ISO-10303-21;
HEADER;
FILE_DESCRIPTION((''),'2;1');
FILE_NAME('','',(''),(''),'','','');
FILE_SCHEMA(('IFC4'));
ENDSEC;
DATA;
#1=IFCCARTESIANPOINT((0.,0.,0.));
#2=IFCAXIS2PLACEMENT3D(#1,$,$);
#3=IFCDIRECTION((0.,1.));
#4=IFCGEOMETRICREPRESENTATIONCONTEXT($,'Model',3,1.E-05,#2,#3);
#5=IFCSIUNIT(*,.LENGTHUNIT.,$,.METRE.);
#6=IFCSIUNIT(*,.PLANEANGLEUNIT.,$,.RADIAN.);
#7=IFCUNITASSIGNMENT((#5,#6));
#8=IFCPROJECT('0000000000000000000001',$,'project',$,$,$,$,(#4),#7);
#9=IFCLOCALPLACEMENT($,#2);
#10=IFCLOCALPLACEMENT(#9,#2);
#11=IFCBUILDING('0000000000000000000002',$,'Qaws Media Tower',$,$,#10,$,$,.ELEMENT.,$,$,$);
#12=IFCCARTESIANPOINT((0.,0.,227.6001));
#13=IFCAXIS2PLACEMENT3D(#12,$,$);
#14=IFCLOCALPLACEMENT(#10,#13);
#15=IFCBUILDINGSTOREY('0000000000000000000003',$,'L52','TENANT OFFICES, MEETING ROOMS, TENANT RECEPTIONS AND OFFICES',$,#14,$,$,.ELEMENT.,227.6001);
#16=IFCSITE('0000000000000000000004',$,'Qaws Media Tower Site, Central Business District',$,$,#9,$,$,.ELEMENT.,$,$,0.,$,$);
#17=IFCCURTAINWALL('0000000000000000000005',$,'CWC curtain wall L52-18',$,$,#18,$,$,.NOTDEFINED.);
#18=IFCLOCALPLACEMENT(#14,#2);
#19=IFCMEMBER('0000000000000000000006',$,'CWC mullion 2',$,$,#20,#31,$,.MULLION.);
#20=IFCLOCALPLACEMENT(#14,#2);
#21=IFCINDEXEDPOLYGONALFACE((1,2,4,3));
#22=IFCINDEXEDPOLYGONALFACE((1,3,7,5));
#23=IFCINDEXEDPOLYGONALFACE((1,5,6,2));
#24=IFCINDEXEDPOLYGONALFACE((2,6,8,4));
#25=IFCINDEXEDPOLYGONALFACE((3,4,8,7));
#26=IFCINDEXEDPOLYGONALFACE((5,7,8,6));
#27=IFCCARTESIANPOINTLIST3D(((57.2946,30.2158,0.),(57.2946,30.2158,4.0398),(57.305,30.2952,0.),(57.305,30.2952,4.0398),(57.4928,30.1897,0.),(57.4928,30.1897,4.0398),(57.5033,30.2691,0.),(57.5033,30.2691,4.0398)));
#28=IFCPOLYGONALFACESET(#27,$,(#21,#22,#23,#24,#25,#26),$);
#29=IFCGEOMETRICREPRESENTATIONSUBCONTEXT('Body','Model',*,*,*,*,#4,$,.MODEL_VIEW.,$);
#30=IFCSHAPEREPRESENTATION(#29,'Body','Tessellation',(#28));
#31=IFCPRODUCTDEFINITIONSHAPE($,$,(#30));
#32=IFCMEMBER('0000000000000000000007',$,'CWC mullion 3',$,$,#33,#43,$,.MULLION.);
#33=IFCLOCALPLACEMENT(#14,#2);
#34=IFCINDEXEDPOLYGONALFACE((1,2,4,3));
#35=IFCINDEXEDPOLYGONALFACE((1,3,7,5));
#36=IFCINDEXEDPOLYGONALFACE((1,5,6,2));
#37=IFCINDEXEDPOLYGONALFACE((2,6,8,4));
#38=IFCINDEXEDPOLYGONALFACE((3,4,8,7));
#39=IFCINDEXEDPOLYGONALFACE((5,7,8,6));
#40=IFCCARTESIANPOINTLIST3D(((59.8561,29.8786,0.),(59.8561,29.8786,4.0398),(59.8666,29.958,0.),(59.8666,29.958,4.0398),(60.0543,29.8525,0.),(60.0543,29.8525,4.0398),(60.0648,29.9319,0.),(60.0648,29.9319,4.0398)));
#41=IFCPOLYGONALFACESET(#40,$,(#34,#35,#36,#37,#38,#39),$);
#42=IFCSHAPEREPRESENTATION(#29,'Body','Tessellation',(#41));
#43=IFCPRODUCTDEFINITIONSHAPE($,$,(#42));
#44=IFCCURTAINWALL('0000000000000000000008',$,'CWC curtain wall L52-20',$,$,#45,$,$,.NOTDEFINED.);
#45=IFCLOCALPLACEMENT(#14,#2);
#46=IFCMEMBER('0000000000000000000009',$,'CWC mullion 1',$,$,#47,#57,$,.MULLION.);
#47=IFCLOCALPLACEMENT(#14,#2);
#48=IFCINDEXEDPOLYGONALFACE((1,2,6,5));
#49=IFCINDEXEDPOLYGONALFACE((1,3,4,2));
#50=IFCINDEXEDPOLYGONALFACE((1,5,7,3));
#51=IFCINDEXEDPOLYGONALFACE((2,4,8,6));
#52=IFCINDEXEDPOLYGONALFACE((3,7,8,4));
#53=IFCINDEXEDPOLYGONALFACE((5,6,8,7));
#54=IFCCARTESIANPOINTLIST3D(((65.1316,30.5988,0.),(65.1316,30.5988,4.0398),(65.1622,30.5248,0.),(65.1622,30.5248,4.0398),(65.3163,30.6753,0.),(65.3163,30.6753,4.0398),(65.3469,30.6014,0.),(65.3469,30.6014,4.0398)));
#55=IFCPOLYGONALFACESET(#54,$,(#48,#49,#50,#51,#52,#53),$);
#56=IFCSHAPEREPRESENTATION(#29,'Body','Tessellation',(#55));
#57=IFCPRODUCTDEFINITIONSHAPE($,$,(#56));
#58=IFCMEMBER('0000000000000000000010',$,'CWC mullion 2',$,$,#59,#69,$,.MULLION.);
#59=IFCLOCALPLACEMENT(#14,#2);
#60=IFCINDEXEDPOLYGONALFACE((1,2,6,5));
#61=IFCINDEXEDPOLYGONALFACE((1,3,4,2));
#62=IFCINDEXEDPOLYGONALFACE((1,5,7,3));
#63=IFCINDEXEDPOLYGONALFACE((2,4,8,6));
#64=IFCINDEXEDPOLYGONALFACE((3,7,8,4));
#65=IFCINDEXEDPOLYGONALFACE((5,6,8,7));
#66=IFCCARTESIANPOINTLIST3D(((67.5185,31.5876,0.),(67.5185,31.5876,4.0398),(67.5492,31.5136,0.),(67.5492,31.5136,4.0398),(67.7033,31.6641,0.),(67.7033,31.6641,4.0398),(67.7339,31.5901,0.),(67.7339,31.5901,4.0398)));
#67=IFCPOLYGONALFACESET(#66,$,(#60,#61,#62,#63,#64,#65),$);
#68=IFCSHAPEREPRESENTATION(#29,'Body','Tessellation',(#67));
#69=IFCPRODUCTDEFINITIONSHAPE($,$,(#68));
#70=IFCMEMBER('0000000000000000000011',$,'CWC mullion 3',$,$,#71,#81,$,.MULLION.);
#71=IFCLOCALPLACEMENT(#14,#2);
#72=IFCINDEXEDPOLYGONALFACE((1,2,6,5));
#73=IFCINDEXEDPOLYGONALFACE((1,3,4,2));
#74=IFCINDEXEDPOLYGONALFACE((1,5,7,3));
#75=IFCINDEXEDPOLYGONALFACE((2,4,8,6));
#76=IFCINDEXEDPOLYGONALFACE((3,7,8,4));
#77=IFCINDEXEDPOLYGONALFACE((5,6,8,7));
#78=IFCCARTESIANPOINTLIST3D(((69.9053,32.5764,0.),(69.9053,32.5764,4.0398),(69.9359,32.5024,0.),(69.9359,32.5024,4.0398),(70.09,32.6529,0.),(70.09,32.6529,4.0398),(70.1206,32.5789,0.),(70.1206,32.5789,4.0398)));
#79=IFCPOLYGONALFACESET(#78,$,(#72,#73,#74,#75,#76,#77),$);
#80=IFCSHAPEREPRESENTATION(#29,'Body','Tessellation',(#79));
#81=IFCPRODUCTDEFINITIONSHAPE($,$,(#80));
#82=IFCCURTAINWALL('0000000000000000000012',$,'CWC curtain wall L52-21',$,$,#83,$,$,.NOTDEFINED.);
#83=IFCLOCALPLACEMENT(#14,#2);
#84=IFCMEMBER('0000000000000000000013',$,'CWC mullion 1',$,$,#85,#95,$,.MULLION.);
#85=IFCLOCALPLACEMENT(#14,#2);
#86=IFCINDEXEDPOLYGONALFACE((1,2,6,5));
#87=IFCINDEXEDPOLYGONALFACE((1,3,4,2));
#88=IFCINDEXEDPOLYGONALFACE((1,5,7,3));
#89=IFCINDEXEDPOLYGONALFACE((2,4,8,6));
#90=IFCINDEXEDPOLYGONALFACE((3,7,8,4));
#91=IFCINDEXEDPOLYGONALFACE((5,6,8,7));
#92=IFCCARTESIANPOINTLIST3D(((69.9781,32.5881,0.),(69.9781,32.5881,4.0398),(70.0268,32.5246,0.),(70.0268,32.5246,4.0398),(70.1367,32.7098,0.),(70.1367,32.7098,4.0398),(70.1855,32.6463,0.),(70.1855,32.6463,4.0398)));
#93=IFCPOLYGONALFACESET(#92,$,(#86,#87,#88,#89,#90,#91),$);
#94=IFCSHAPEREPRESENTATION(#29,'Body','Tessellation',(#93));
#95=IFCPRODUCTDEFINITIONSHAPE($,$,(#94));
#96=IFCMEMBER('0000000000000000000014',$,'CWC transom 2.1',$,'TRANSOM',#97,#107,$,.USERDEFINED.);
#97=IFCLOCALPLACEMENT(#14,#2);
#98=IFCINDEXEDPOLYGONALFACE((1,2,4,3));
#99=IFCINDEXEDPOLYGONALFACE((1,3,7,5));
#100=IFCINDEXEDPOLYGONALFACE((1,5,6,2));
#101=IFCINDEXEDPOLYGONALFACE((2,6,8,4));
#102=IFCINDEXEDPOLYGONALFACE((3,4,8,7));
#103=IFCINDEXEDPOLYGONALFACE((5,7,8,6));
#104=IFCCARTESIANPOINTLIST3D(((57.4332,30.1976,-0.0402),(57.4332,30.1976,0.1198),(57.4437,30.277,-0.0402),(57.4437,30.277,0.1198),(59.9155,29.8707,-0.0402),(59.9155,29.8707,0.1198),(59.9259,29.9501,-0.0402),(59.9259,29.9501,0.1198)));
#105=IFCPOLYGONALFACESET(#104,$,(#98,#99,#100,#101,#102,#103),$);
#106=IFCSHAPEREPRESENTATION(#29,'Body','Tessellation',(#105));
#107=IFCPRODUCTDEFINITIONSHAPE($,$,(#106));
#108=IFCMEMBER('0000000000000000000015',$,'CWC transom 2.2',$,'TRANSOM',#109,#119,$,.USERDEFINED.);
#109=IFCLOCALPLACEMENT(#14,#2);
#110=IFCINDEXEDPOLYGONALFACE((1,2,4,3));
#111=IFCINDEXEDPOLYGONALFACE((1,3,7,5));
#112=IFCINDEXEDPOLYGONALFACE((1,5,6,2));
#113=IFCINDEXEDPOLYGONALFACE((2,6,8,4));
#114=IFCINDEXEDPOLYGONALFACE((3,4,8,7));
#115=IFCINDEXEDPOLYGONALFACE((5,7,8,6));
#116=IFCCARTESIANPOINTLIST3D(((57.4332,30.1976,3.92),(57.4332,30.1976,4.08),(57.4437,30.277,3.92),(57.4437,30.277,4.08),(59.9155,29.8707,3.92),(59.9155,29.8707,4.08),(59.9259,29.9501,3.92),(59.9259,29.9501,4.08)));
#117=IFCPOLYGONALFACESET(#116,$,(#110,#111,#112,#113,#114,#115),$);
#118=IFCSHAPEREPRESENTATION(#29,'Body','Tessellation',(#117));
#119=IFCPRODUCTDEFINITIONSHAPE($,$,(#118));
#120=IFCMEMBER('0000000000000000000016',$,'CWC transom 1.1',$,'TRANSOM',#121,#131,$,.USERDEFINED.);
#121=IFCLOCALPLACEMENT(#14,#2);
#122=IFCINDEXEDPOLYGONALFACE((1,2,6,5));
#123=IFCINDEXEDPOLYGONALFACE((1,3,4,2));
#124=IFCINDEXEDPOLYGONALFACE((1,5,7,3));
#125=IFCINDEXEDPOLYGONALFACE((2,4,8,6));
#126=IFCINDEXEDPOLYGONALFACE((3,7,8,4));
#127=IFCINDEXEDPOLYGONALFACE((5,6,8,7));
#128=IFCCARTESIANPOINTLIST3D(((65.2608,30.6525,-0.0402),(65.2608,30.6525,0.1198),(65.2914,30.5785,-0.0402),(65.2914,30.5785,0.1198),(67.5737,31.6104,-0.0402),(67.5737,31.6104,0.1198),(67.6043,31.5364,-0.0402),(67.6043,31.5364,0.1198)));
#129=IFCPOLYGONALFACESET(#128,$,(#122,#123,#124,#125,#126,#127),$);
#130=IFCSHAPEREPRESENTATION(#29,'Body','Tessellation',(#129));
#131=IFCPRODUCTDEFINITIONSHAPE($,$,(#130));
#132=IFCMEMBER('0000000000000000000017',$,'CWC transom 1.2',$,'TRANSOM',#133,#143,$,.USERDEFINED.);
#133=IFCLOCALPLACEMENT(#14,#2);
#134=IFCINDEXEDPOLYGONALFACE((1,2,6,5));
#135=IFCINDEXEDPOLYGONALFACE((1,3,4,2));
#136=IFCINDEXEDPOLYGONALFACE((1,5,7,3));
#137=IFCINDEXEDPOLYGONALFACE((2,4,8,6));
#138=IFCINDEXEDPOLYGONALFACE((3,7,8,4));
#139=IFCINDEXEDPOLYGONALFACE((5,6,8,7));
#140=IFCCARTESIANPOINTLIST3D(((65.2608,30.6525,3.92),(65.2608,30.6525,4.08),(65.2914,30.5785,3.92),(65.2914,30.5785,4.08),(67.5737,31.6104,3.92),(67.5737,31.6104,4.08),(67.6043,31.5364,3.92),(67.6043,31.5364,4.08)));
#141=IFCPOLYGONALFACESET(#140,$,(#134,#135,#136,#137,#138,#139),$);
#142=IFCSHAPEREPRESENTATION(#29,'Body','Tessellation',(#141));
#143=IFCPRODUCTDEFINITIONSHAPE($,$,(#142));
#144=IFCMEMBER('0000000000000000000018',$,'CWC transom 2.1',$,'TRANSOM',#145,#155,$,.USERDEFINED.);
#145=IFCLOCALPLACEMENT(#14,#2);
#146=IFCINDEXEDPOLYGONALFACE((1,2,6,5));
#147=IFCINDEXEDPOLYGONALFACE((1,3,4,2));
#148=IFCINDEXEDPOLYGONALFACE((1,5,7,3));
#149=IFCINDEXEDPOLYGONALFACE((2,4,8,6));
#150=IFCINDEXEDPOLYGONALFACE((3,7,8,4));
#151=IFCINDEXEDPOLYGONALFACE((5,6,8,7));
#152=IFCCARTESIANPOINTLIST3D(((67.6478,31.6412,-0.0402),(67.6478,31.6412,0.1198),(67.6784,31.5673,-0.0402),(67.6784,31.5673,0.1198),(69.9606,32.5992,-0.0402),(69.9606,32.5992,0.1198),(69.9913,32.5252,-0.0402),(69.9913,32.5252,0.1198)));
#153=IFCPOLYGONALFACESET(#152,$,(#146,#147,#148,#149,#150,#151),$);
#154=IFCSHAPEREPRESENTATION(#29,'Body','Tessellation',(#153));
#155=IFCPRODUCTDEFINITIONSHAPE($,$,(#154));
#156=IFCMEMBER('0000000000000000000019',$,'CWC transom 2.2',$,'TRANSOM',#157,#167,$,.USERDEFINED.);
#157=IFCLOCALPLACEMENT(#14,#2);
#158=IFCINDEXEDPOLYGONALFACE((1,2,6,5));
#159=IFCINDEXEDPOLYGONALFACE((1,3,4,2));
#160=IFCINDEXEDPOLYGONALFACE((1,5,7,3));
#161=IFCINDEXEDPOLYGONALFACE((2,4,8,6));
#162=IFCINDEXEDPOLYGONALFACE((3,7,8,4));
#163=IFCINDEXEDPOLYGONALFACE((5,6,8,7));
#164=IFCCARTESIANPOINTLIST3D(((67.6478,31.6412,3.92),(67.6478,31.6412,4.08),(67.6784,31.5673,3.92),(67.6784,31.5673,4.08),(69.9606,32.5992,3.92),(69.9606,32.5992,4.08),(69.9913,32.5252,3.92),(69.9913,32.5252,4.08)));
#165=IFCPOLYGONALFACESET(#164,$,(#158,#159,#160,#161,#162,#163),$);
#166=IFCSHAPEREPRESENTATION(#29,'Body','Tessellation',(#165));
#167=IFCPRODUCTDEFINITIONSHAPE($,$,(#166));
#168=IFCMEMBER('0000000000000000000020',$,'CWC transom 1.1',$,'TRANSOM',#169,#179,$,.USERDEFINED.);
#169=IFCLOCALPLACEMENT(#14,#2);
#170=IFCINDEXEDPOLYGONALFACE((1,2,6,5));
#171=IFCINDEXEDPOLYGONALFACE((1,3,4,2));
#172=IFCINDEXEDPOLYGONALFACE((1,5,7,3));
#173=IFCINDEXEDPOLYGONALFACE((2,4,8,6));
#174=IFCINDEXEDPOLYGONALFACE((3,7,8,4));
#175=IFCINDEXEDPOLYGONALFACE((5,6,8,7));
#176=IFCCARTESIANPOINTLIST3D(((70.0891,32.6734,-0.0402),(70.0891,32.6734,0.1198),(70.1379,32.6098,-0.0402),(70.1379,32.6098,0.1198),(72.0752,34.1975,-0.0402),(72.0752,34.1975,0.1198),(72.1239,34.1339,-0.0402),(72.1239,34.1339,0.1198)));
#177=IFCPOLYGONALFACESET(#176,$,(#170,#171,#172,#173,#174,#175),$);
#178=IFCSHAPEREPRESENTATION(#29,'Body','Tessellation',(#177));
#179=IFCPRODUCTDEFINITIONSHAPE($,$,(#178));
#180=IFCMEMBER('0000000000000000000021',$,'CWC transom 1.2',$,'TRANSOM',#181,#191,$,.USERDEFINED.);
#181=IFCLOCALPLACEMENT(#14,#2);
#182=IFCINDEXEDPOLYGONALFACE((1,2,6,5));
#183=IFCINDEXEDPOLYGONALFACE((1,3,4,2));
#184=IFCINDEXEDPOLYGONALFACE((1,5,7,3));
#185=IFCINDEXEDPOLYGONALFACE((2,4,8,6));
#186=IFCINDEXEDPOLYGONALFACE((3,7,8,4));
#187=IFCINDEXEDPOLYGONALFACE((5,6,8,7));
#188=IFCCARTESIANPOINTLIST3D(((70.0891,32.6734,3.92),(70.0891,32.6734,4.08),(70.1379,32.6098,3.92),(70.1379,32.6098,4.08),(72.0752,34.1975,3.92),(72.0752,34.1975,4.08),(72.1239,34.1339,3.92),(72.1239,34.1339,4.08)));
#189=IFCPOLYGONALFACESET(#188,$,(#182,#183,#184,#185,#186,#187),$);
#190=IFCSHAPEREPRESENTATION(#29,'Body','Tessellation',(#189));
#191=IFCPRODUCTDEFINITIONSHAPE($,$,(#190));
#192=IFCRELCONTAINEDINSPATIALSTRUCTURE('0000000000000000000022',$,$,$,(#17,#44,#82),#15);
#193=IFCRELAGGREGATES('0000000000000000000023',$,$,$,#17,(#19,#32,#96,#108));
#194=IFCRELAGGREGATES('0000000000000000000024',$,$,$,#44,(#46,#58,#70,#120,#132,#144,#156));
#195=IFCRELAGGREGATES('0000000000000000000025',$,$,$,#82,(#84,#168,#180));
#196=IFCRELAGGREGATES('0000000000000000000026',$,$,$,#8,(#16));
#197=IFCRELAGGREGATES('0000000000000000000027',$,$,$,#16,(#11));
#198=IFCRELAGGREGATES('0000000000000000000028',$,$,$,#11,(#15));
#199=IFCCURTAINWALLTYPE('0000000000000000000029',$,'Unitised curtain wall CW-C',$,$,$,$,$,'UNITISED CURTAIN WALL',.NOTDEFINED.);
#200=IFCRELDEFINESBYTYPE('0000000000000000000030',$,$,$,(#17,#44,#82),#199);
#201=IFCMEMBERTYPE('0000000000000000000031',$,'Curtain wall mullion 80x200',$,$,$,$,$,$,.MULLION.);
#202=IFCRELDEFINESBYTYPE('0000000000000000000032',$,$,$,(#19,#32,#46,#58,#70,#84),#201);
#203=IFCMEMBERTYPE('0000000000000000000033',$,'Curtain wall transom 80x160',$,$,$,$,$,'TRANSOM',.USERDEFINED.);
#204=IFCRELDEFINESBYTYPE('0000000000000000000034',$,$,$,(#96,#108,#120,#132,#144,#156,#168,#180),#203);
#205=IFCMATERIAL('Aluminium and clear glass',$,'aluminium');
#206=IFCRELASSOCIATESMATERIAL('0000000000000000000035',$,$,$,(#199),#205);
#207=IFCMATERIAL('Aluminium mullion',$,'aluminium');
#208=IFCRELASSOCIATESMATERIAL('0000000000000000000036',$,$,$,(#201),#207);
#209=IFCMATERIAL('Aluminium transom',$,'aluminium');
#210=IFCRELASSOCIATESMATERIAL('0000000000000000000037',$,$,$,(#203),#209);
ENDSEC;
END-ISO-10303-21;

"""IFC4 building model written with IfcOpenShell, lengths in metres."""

from ifc_helpers import new_model, si_unit, direction, frame, origin, origin_2d, place, context, subcontext, project, spatial, rectangle, extrude, material, material_profile, profile_set, type_object, element, aggregate, save


model = new_model("IFC4")

# Units and contexts
model_context = context("Model", 3, precision=1e-05, world=origin(), true_north=direction((0.0, 1.0)))
body_context = subcontext(model_context, "Body", "Model", "MODEL_VIEW")
ifc_project = project(units=[si_unit("LENGTHUNIT", "METRE"), si_unit("PLANEANGLEUNIT", "RADIAN")], contexts=[model_context])

# Site, building, storey
site_placement = place(None, origin())
site = spatial("IfcSite", under=ifc_project, at=site_placement, Name="Qaws Media Tower Site, Central Business District", CompositionType="ELEMENT", RefElevation=0.0)
building_placement = place(site_placement, origin())
building = spatial("IfcBuilding", under=site, at=building_placement, Name="Qaws Media Tower", CompositionType="ELEMENT")
storey_placement = place(building_placement, frame((0.0, 0.0, 227.6001)))
storey = spatial("IfcBuildingStorey", under=building, at=storey_placement, Name="L52", Description="TENANT OFFICES, MEETING ROOMS, TENANT RECEPTIONS AND OFFICES", CompositionType="ELEMENT", Elevation=227.6001)

# Curtain walls, members
ifc_material_1 = material(Name="Aluminium and clear glass", Category="aluminium")
curtain_wall_type = type_object("IfcCurtainWallType", Name="Unitised curtain wall CW-C", ElementType="UNITISED CURTAIN WALL", PredefinedType="NOTDEFINED", material=ifc_material_1)
curtain_wall_1_placement = place(storey_placement, origin())
curtain_wall_1 = element("IfcCurtainWall", 1, at=curtain_wall_1_placement, inside=storey, type_object=curtain_wall_type, Name="CWC curtain wall L52-18", PredefinedType="NOTDEFINED")
ifc_material_2 = material(Name="Aluminium mullion", Category="aluminium")
ifc_material_profile_1 = material_profile(ifc_material_2, rectangle(XDim=0.0801, YDim=0.2, at=origin_2d()), Name="80x200")
ifc_profile_set_1 = profile_set([ifc_material_profile_1], Name="Aluminium mullion")
member_type_1 = type_object("IfcMemberType", Name="Curtain wall mullion 80x200", PredefinedType="MULLION", material=ifc_profile_set_1)
member_1_placement = place(storey_placement, frame((57.3989, 30.2424, 0.0), z_axis=(0.0, 0.0, 1.0), x_axis=(0.130526, 0.991445, 0.0)))
member_1 = element("IfcMember", 2, at=member_1_placement, type_object=member_type_1, Name="CWC mullion 2", PredefinedType="MULLION", context=body_context, shape_type="SweptSolid", body=[
    extrude(rectangle(XDim=0.0801, YDim=0.2, at=origin_2d()), origin(), (0.0, 0.0, 1.0), 4.0398),
])
member_2_placement = place(storey_placement, frame((59.9604, 29.9053, 0.0), z_axis=(0.0, 0.0, 1.0), x_axis=(0.130526, 0.991445, 0.0)))
member_2 = element("IfcMember", 3, at=member_2_placement, type_object=member_type_1, Name="CWC mullion 3", PredefinedType="MULLION", context=body_context, shape_type="SweptSolid", body=[
    extrude(rectangle(XDim=0.0801, YDim=0.2, at=origin_2d()), origin(), (0.0, 0.0, 1.0), 4.0398),
])
curtain_wall_2_placement = place(storey_placement, origin())
curtain_wall_2 = element("IfcCurtainWall", 4, at=curtain_wall_2_placement, inside=storey, type_object=curtain_wall_type, Name="CWC curtain wall L52-20", PredefinedType="NOTDEFINED")
member_3_placement = place(storey_placement, frame((65.2393, 30.6001, 0.0), z_axis=(0.0, 0.0, 1.0), x_axis=(-0.382683, 0.92388, 0.0)))
member_3 = element("IfcMember", 5, at=member_3_placement, type_object=member_type_1, Name="CWC mullion 1", PredefinedType="MULLION", context=body_context, shape_type="SweptSolid", body=[
    extrude(rectangle(XDim=0.0801, YDim=0.2, at=origin_2d()), origin(), (0.0, 0.0, 1.0), 4.0398),
])
member_4_placement = place(storey_placement, frame((67.6262, 31.5889, 0.0), z_axis=(0.0, 0.0, 1.0), x_axis=(-0.382683, 0.92388, 0.0)))
member_4 = element("IfcMember", 6, at=member_4_placement, type_object=member_type_1, Name="CWC mullion 2", PredefinedType="MULLION", context=body_context, shape_type="SweptSolid", body=[
    extrude(rectangle(XDim=0.0801, YDim=0.2, at=origin_2d()), origin(), (0.0, 0.0, 1.0), 4.0398),
])
member_5_placement = place(storey_placement, frame((70.0129, 32.5776, 0.0), z_axis=(0.0, 0.0, 1.0), x_axis=(-0.382683, 0.92388, 0.0)))
member_5 = element("IfcMember", 7, at=member_5_placement, type_object=member_type_1, Name="CWC mullion 3", PredefinedType="MULLION", context=body_context, shape_type="SweptSolid", body=[
    extrude(rectangle(XDim=0.0801, YDim=0.2, at=origin_2d()), origin(), (0.0, 0.0, 1.0), 4.0398),
])

# Curtain wall, member
curtain_wall_3_placement = place(storey_placement, origin())
curtain_wall_3 = element("IfcCurtainWall", 8, at=curtain_wall_3_placement, inside=storey, type_object=curtain_wall_type, Name="CWC curtain wall L52-21", PredefinedType="NOTDEFINED")
member_6_placement = place(storey_placement, frame((70.0818, 32.6172, 0.0), z_axis=(0.0, 0.0, 1.0), x_axis=(-0.608762, 0.793353, 0.0)))
member_6 = element("IfcMember", 9, at=member_6_placement, type_object=member_type_1, Name="CWC mullion 1", PredefinedType="MULLION", context=body_context, shape_type="SweptSolid", body=[
    extrude(rectangle(XDim=0.0801, YDim=0.2, at=origin_2d()), origin(), (0.0, 0.0, 1.0), 4.0398),
])

# Members
ifc_material_3 = material(Name="Aluminium transom", Category="aluminium")
ifc_material_profile_2 = material_profile(ifc_material_3, rectangle(XDim=0.0801, YDim=0.1599, at=origin_2d()), Name="80x160")
ifc_profile_set_2 = profile_set([ifc_material_profile_2], Name="Aluminium transom")
member_type_2 = type_object("IfcMemberType", Name="Curtain wall transom 80x160", ElementType="TRANSOM", PredefinedType="USERDEFINED", material=ifc_profile_set_2)
member_7_placement = place(storey_placement, frame((57.4385, 30.2373, 0.0398), z_axis=(0.991439, -0.130573, 0.0), x_axis=(0.130573, 0.991439, 0.0)))
member_7 = element("IfcMember", 10, at=member_7_placement, type_object=member_type_2, Name="CWC transom 2.1", ObjectType="TRANSOM", PredefinedType="USERDEFINED", context=body_context, shape_type="SweptSolid", body=[
    extrude(rectangle(XDim=0.0801, YDim=0.1599, at=origin_2d()), origin(), (0.0, 0.0, 1.0), 2.5037),
])
member_8_placement = place(storey_placement, frame((57.4385, 30.2373, 4.0), z_axis=(0.991439, -0.130573, 0.0), x_axis=(0.130573, 0.991439, 0.0)))
member_8 = element("IfcMember", 11, at=member_8_placement, type_object=member_type_2, Name="CWC transom 2.2", ObjectType="TRANSOM", PredefinedType="USERDEFINED", context=body_context, shape_type="SweptSolid", body=[
    extrude(rectangle(XDim=0.0801, YDim=0.1599, at=origin_2d()), origin(), (0.0, 0.0, 1.0), 2.5037),
])
member_9_placement = place(storey_placement, frame((65.2761, 30.6155, 0.0398), z_axis=(0.923888, 0.382662, 0.0), x_axis=(-0.382662, 0.923888, 0.0)))
member_9 = element("IfcMember", 12, at=member_9_placement, type_object=member_type_2, Name="CWC transom 1.1", ObjectType="TRANSOM", PredefinedType="USERDEFINED", context=body_context, shape_type="SweptSolid", body=[
    extrude(rectangle(XDim=0.0801, YDim=0.1599, at=origin_2d()), origin(), (0.0, 0.0, 1.0), 2.5034),
])
member_10_placement = place(storey_placement, frame((65.2761, 30.6155, 4.0), z_axis=(0.923888, 0.382662, 0.0), x_axis=(-0.382662, 0.923888, 0.0)))
member_10 = element("IfcMember", 13, at=member_10_placement, type_object=member_type_2, Name="CWC transom 1.2", ObjectType="TRANSOM", PredefinedType="USERDEFINED", context=body_context, shape_type="SweptSolid", body=[
    extrude(rectangle(XDim=0.0801, YDim=0.1599, at=origin_2d()), origin(), (0.0, 0.0, 1.0), 2.5034),
])
member_11_placement = place(storey_placement, frame((67.6631, 31.6042, 0.0398), z_axis=(0.923888, 0.382662, 0.0), x_axis=(-0.382662, 0.923888, 0.0)))
member_11 = element("IfcMember", 14, at=member_11_placement, type_object=member_type_2, Name="CWC transom 2.1", ObjectType="TRANSOM", PredefinedType="USERDEFINED", context=body_context, shape_type="SweptSolid", body=[
    extrude(rectangle(XDim=0.0801, YDim=0.1599, at=origin_2d()), origin(), (0.0, 0.0, 1.0), 2.5034),
])
member_12_placement = place(storey_placement, frame((67.6631, 31.6042, 4.0), z_axis=(0.923888, 0.382662, 0.0), x_axis=(-0.382662, 0.923888, 0.0)))
member_12 = element("IfcMember", 15, at=member_12_placement, type_object=member_type_2, Name="CWC transom 2.2", ObjectType="TRANSOM", PredefinedType="USERDEFINED", context=body_context, shape_type="SweptSolid", body=[
    extrude(rectangle(XDim=0.0801, YDim=0.1599, at=origin_2d()), origin(), (0.0, 0.0, 1.0), 2.5034),
])
member_13_placement = place(storey_placement, frame((70.1135, 32.6416, 0.0398), z_axis=(0.793316, 0.60881, 0.0), x_axis=(-0.60881, 0.793316, 0.0)))
member_13 = element("IfcMember", 16, at=member_13_placement, type_object=member_type_2, Name="CWC transom 1.1", ObjectType="TRANSOM", PredefinedType="USERDEFINED", context=body_context, shape_type="SweptSolid", body=[
    extrude(rectangle(XDim=0.0801, YDim=0.1599, at=origin_2d()), origin(), (0.0, 0.0, 1.0), 2.5034),
])
member_14_placement = place(storey_placement, frame((70.1135, 32.6416, 4.0), z_axis=(0.793316, 0.60881, 0.0), x_axis=(-0.60881, 0.793316, 0.0)))
member_14 = element("IfcMember", 17, at=member_14_placement, type_object=member_type_2, Name="CWC transom 1.2", ObjectType="TRANSOM", PredefinedType="USERDEFINED", context=body_context, shape_type="SweptSolid", body=[
    extrude(rectangle(XDim=0.0801, YDim=0.1599, at=origin_2d()), origin(), (0.0, 0.0, 1.0), 2.5034),
])

aggregate(curtain_wall_1, [member_1, member_2, member_7, member_8])
aggregate(curtain_wall_2, [member_3, member_4, member_5, member_9, member_10, member_11, member_12])
aggregate(curtain_wall_3, [member_6, member_13, member_14])

save(model, "model.ifc")
